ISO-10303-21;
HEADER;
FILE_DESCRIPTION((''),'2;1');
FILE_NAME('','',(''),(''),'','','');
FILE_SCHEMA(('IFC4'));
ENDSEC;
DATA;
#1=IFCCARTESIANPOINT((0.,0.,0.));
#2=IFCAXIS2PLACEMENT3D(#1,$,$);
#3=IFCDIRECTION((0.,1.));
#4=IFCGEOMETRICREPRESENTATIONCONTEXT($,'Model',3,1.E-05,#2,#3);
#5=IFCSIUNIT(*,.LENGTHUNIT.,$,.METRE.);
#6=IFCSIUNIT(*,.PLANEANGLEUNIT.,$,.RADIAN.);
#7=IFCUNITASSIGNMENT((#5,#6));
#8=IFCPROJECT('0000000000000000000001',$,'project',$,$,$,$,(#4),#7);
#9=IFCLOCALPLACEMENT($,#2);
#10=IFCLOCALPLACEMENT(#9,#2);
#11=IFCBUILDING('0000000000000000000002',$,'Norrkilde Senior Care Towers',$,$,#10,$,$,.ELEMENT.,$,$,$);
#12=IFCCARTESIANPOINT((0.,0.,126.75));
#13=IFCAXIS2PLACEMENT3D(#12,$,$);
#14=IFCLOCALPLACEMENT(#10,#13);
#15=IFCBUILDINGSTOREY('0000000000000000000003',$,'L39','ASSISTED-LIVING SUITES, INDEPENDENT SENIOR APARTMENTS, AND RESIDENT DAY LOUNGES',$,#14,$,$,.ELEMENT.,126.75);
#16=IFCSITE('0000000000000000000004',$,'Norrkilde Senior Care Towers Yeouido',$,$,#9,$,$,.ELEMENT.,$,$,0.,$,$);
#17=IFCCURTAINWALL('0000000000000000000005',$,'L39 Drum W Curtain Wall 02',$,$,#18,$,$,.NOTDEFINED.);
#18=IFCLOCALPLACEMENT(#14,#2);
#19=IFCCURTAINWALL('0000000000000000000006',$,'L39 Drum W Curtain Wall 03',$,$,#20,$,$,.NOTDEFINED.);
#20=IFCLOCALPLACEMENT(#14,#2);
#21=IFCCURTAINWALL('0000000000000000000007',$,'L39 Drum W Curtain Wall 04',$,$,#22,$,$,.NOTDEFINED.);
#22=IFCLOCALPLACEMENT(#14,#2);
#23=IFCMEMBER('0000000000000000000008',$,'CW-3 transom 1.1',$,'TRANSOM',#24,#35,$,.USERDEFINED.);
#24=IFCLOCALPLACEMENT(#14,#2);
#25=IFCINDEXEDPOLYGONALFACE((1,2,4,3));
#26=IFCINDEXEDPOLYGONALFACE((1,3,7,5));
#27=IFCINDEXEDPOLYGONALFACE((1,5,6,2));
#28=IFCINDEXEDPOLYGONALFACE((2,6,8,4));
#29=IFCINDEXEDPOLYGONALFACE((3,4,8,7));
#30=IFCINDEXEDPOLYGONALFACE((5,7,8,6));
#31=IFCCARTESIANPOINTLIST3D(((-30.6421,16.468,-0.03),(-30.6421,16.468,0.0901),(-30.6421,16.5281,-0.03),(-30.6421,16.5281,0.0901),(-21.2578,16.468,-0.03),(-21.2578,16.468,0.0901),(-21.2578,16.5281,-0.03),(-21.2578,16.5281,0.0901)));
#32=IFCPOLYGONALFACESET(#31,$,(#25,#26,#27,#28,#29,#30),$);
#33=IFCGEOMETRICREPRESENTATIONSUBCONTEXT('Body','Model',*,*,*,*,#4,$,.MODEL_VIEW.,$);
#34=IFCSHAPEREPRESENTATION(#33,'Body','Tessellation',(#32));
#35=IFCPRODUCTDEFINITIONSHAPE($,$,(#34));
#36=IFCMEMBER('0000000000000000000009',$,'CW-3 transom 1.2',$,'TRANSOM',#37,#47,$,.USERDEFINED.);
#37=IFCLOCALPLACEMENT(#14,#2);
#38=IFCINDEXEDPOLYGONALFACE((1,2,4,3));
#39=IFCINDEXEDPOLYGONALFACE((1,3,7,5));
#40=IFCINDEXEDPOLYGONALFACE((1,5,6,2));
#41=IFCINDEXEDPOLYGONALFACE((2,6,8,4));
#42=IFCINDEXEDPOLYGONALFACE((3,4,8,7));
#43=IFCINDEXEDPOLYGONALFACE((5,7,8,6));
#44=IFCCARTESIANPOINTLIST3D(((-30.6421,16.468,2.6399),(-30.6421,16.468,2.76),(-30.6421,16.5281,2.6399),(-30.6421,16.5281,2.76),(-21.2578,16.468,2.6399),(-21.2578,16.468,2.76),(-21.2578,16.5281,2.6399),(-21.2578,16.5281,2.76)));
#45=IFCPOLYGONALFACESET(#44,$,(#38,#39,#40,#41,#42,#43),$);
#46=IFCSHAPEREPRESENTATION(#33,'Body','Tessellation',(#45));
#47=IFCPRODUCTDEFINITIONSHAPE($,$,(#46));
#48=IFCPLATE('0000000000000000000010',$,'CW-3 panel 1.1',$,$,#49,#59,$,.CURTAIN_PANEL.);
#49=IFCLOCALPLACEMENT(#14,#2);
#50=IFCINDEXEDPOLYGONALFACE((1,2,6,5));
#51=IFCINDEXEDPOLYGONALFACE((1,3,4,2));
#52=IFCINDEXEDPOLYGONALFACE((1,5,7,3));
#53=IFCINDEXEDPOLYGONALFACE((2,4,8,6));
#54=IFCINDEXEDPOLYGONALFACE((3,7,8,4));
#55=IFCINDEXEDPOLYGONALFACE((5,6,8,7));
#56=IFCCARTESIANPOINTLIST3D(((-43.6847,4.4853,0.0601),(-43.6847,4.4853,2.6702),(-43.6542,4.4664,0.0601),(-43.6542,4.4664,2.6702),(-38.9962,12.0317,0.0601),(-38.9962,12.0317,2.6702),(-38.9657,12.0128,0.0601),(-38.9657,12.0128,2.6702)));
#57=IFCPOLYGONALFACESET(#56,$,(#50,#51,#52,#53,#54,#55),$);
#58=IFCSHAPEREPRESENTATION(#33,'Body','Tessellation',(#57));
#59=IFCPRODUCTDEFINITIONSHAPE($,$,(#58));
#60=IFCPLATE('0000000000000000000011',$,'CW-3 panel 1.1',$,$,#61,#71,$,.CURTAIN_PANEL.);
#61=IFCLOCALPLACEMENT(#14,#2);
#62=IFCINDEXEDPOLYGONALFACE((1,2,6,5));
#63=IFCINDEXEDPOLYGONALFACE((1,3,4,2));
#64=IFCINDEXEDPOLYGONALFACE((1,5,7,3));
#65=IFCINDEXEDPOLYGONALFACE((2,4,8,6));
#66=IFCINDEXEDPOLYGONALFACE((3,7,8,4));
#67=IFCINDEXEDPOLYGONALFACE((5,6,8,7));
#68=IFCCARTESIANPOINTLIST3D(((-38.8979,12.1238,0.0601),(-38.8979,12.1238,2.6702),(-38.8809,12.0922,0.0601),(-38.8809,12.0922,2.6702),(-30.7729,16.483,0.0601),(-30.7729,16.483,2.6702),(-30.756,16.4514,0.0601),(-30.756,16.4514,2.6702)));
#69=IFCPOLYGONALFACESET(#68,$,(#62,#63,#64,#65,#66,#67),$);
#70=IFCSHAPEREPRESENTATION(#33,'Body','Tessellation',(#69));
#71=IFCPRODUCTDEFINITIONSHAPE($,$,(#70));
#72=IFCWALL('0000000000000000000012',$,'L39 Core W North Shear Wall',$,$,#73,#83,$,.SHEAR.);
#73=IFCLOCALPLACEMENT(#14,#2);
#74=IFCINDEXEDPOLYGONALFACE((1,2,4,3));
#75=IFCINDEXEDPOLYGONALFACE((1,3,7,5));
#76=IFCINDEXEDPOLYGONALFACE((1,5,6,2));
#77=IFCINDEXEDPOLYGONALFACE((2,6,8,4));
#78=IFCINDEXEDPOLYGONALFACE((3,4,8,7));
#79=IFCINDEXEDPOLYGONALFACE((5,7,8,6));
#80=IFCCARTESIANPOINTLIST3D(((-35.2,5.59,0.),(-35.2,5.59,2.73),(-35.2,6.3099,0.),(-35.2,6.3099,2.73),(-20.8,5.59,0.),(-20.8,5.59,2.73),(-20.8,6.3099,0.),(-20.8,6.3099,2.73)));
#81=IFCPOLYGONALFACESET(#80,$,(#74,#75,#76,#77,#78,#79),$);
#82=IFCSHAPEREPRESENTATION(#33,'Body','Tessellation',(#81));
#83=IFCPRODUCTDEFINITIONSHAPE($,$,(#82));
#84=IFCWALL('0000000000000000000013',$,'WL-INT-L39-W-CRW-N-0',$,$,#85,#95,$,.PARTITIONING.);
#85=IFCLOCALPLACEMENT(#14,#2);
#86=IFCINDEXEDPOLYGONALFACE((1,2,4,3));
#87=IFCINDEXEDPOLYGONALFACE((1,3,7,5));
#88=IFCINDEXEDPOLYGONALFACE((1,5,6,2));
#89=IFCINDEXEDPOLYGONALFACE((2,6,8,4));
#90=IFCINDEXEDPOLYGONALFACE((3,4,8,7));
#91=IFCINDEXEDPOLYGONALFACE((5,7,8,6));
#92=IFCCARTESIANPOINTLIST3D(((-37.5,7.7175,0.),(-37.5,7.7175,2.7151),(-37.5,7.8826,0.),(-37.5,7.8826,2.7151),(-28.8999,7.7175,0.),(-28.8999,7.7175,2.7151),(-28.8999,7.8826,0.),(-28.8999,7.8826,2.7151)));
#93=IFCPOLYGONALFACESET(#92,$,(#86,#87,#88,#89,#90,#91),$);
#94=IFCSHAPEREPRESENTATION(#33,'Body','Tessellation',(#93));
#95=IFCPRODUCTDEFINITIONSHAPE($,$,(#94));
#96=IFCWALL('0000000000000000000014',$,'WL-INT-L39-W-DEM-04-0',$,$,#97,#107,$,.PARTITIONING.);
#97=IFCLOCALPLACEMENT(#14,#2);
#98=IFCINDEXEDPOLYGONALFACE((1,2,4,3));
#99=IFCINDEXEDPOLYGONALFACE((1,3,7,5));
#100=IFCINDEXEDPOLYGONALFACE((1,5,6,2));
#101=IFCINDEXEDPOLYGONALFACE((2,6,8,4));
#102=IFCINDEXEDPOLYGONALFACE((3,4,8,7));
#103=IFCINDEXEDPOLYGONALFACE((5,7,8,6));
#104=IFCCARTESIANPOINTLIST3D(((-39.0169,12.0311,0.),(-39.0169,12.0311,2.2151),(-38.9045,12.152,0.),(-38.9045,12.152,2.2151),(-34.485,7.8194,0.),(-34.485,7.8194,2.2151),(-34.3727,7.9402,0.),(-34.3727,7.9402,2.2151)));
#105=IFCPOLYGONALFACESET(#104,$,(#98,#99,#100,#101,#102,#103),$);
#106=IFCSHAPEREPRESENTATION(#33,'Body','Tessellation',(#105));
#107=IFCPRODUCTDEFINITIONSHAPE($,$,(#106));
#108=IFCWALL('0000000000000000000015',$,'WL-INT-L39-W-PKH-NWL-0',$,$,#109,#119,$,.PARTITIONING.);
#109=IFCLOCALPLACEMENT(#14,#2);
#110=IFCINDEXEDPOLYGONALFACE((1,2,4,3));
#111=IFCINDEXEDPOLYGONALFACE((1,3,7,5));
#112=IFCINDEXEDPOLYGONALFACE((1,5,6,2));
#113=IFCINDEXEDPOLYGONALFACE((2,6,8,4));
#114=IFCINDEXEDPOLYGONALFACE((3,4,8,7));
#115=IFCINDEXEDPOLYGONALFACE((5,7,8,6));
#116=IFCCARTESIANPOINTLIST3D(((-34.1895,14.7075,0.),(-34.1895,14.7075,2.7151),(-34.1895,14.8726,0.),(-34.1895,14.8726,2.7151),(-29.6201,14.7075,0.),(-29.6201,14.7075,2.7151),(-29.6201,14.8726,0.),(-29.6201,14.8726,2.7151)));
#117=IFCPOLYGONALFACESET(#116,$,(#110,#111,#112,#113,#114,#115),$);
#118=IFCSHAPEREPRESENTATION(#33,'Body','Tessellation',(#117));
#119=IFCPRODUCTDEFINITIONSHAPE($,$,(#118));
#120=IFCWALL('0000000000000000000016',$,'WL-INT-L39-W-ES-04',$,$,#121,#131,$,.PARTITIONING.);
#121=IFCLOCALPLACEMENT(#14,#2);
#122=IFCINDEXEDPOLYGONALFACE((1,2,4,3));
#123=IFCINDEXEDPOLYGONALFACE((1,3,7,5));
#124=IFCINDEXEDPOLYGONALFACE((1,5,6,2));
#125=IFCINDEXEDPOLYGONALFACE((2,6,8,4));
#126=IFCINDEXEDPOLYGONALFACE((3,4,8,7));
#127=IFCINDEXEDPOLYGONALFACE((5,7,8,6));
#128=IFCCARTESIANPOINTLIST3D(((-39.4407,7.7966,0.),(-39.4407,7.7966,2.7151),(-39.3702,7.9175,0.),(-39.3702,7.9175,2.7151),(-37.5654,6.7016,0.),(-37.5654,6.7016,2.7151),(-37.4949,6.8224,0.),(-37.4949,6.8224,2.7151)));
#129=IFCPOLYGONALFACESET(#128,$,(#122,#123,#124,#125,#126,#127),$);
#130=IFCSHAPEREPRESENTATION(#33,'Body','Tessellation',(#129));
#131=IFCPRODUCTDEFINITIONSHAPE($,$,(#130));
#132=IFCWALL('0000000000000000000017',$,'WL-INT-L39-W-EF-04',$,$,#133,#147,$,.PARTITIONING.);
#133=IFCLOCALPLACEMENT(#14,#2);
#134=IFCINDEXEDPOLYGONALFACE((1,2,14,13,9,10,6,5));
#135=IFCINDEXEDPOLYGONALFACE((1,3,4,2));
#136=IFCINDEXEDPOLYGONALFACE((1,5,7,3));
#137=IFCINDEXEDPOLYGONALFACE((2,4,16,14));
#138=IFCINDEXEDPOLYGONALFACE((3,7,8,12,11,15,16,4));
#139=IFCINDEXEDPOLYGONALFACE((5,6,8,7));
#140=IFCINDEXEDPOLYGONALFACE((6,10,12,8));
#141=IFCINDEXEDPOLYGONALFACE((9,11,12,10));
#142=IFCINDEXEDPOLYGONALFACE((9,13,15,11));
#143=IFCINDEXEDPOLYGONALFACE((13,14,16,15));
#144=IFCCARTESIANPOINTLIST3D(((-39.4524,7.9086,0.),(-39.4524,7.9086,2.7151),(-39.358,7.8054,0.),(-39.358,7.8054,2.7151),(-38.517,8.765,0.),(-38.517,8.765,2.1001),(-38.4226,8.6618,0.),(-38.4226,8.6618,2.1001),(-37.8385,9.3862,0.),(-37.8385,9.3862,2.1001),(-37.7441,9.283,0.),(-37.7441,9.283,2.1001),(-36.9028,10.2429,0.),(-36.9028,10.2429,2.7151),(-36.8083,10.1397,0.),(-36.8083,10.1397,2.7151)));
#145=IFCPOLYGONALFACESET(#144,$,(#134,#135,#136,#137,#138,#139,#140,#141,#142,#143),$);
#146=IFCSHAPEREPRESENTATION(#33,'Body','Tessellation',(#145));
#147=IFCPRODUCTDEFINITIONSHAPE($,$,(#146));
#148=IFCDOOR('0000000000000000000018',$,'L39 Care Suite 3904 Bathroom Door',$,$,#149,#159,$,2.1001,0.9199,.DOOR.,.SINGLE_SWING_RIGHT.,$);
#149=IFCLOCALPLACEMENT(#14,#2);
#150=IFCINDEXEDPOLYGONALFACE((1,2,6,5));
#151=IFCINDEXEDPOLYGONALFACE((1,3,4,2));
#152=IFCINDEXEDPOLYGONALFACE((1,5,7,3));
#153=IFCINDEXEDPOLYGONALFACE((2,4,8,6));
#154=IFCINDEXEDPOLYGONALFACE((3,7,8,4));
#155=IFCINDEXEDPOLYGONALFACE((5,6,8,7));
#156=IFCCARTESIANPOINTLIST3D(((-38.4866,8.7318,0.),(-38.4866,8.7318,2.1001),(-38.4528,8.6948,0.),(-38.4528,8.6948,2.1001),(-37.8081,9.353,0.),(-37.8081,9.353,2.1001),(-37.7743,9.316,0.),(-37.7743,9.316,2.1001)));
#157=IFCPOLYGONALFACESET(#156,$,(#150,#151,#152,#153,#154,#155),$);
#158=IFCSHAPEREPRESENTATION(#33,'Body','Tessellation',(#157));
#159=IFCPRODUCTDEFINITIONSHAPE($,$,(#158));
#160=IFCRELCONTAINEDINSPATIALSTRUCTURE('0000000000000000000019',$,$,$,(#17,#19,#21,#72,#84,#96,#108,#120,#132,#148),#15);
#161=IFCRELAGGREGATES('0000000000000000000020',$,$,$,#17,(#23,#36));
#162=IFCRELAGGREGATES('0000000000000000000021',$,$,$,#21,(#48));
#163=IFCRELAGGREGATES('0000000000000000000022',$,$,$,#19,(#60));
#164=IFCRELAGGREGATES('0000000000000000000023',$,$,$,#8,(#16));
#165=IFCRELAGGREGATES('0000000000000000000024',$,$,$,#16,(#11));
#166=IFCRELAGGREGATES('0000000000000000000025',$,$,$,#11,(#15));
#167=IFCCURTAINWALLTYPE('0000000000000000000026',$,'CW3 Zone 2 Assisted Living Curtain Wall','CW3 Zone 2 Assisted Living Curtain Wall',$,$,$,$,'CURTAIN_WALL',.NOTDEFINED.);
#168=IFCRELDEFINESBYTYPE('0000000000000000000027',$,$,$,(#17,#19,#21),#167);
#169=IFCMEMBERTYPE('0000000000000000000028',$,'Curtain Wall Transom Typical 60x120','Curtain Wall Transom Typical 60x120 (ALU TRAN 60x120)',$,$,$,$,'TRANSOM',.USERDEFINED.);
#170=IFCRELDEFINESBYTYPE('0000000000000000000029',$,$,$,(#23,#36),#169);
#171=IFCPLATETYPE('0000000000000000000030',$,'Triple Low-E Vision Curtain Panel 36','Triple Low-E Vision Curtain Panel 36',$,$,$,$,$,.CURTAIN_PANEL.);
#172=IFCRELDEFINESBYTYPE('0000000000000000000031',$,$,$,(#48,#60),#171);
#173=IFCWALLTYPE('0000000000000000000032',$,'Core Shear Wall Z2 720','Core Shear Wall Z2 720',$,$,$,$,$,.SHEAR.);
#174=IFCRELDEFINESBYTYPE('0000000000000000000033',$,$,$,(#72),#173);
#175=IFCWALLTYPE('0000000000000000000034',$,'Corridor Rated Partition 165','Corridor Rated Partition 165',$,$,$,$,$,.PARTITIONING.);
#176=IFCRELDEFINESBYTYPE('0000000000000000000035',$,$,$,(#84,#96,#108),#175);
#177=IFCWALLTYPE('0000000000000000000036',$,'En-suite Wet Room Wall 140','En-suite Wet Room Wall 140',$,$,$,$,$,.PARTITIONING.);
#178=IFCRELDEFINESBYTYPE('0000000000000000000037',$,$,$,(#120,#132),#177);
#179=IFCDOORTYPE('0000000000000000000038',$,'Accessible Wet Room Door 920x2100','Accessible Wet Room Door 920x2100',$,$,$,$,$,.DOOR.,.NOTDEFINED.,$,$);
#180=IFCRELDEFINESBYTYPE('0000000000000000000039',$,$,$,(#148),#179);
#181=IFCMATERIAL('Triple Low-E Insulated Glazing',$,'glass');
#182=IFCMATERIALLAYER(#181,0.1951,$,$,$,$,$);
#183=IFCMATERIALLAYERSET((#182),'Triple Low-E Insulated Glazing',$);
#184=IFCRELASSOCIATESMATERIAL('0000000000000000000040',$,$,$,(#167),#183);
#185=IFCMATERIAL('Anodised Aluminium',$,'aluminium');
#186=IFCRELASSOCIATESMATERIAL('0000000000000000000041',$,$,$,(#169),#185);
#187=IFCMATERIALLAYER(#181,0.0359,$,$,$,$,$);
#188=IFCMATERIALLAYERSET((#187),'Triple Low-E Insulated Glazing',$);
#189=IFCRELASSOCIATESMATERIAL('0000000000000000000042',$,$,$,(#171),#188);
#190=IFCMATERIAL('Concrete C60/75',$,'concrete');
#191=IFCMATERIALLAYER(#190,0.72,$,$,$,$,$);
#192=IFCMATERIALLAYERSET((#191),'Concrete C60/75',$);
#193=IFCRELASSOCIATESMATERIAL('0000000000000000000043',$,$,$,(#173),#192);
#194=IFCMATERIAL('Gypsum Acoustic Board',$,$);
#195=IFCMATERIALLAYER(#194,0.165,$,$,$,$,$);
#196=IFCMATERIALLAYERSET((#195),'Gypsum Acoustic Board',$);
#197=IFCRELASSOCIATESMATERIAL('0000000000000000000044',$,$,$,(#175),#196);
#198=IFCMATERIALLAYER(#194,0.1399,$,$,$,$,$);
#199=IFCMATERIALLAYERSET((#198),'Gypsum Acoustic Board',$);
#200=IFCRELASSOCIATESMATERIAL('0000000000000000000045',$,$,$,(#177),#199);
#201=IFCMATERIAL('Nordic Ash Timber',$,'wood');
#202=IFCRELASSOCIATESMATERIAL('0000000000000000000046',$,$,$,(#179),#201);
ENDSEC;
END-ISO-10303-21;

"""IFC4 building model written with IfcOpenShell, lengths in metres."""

from ifc_helpers import new_model, si_unit, direction, frame, frame_2d, origin, origin_2d, place, context, subcontext, project, spatial, rectangle, extrude, source, transform, mapped, material, layer, layer_set, material_profile, profile_set, type_object, type_shapes, element, fill, aggregate, save


model = new_model("IFC4")

# Units and contexts
model_context = context("Model", 3, precision=1e-05, world=origin(), true_north=direction((0.0, 1.0)))
body_context = subcontext(model_context, "Body", "Model", "MODEL_VIEW")
ifc_project = project(units=[si_unit("LENGTHUNIT", "METRE"), si_unit("PLANEANGLEUNIT", "RADIAN")], contexts=[model_context])

# Site, building, storey
site_placement = place(None, origin())
site = spatial("IfcSite", under=ifc_project, at=site_placement, Name="Norrkilde Senior Care Towers Yeouido", CompositionType="ELEMENT", RefElevation=0.0)
building_placement = place(site_placement, origin())
building = spatial("IfcBuilding", under=site, at=building_placement, Name="Norrkilde Senior Care Towers", CompositionType="ELEMENT")
storey_placement = place(building_placement, frame((0.0, 0.0, 126.75)))
storey = spatial("IfcBuildingStorey", under=building, at=storey_placement, Name="L39", Description="ASSISTED-LIVING SUITES, INDEPENDENT SENIOR APARTMENTS, AND RESIDENT DAY LOUNGES", CompositionType="ELEMENT", Elevation=126.75)

# Shared definitions
ifc_material_1 = material(Name="Concrete C60/75", Category="concrete")

# Curtain wall
ifc_material_2 = material(Name="Triple Low-E Insulated Glazing", Category="glass")
ifc_layer_1 = layer(ifc_material_2, 0.1951)
ifc_layer_set_1 = layer_set([ifc_layer_1], Name="Triple Low-E Insulated Glazing")
curtain_wall_type = type_object("IfcCurtainWallType", Name="CW3 Zone 2 Assisted Living Curtain Wall", Description="CW3 Zone 2 Assisted Living Curtain Wall", ElementType="CURTAIN_WALL", PredefinedType="NOTDEFINED", material=ifc_layer_set_1)
curtain_wall_1_placement = place(storey_placement, origin())
curtain_wall_1 = element("IfcCurtainWall", 1, at=curtain_wall_1_placement, inside=storey, type_object=curtain_wall_type, Name="L39 Drum W Curtain Wall 02", PredefinedType="NOTDEFINED")
ifc_material_3 = material(Name="Anodised Aluminium", Category="aluminium")

# Curtain wall
curtain_wall_2_placement = place(storey_placement, origin())
curtain_wall_2 = element("IfcCurtainWall", 2, at=curtain_wall_2_placement, inside=storey, type_object=curtain_wall_type, Name="L39 Drum W Curtain Wall 03", PredefinedType="NOTDEFINED")

# Curtain wall
curtain_wall_3_placement = place(storey_placement, origin())
curtain_wall_3 = element("IfcCurtainWall", 3, at=curtain_wall_3_placement, inside=storey, type_object=curtain_wall_type, Name="L39 Drum W Curtain Wall 04", PredefinedType="NOTDEFINED")

# Members
ifc_material_profile_1 = material_profile(ifc_material_3, rectangle(XDim=0.0601, YDim=0.1201, at=origin_2d()), Name="ALU TRAN 60x120")
ifc_profile_set_1 = profile_set([ifc_material_profile_1], Name="Anodised Aluminium")
member_type_1 = type_object("IfcMemberType", Name="Curtain Wall Transom Typical 60x120", Description="Curtain Wall Transom Typical 60x120 (ALU TRAN 60x120)", ElementType="TRANSOM", PredefinedType="USERDEFINED", material=ifc_profile_set_1)
shared_shape_1 = source(origin(), body_context, "Body", "SweptSolid", [
    extrude(rectangle(XDim=0.0601, YDim=0.1201, at=origin_2d()), origin(), (0.0, 0.0, 1.0), 9.3843),
])
member_1_placement = place(storey_placement, frame((-30.6421, 16.498, 0.03), z_axis=(1.0, 0.0, 0.0), x_axis=(0.0, 1.0, 0.0)))
member_1 = element("IfcMember", 4, at=member_1_placement, type_object=member_type_1, Name="CW-3 transom 1.1", ObjectType="TRANSOM", PredefinedType="USERDEFINED", context=body_context, shape_type="MappedRepresentation", body=[
    mapped(shared_shape_1, transform((0.0, 0.0, 0.0), x_axis=(1.0, 0.0, 0.0), y_axis=(0.0, 1.0, 0.0), z_axis=(0.0, 0.0, 1.0), scale=1.0)),
])
member_2_placement = place(storey_placement, frame((-30.6421, 16.498, 2.7), z_axis=(1.0, 0.0, 0.0), x_axis=(0.0, 1.0, 0.0)))
member_2 = element("IfcMember", 5, at=member_2_placement, type_object=member_type_1, Name="CW-3 transom 1.2", ObjectType="TRANSOM", PredefinedType="USERDEFINED", context=body_context, shape_type="MappedRepresentation", body=[
    mapped(shared_shape_1, transform((0.0, 0.0, 0.0), x_axis=(1.0, 0.0, 0.0), y_axis=(0.0, 1.0, 0.0), z_axis=(0.0, 0.0, 1.0), scale=1.0)),
])
aggregate(curtain_wall_1, [member_1, member_2])

# Plates
ifc_layer_2 = layer(ifc_material_2, 0.0359)
ifc_layer_set_2 = layer_set([ifc_layer_2], Name="Triple Low-E Insulated Glazing")
plate_type = type_object("IfcPlateType", Name="Triple Low-E Vision Curtain Panel 36", Description="Triple Low-E Vision Curtain Panel 36", PredefinedType="CURTAIN_PANEL", material=ifc_layer_set_2)
shared_shape_2 = source(origin(), body_context, "Body", "SweptSolid", [
    extrude(rectangle(XDim=8.8843, YDim=0.0359, at=origin_2d()), origin(), (0.0, 0.0, 1.0), 2.6101),
])
plate_1_placement = place(storey_placement, frame((-41.3252, 8.249, 0.0601), z_axis=(0.0, 0.0, 1.0), x_axis=(0.527733, 0.84941, 0.0)))
plate_1 = element("IfcPlate", 6, at=plate_1_placement, type_object=plate_type, Name="CW-3 panel 1.1", PredefinedType="CURTAIN_PANEL", context=body_context, shape_type="MappedRepresentation", body=[
    mapped(shared_shape_2, transform((0.0, 0.0, 0.0), x_axis=(1.0, 0.0, 0.0), y_axis=(0.0, 1.0, 0.0), z_axis=(0.0, 0.0, 1.0), scale=1.0)),
])
aggregate(curtain_wall_3, [plate_1])
shared_shape_3 = source(origin(), body_context, "Body", "SweptSolid", [
    extrude(rectangle(XDim=9.2205, YDim=0.0359, at=origin_2d()), origin(), (0.0, 0.0, 1.0), 2.6101),
])
type_shapes(plate_type, [shared_shape_2, shared_shape_3])
plate_2_placement = place(storey_placement, frame((-34.8269, 14.2876, 0.0601), z_axis=(0.0, 0.0, 1.0), x_axis=(0.881186, 0.472769, 0.0)))
plate_2 = element("IfcPlate", 7, at=plate_2_placement, type_object=plate_type, Name="CW-3 panel 1.1", PredefinedType="CURTAIN_PANEL", context=body_context, shape_type="MappedRepresentation", body=[
    mapped(shared_shape_3, transform((0.0, 0.0, 0.0), x_axis=(1.0, 0.0, 0.0), y_axis=(0.0, 1.0, 0.0), z_axis=(0.0, 0.0, 1.0), scale=1.0)),
])
aggregate(curtain_wall_2, [plate_2])

# Walls
ifc_layer_3 = layer(ifc_material_1, 0.72)
ifc_layer_set_3 = layer_set([ifc_layer_3], Name="Concrete C60/75")
wall_type_1 = type_object("IfcWallType", Name="Core Shear Wall Z2 720", Description="Core Shear Wall Z2 720", PredefinedType="SHEAR", material=ifc_layer_set_3)
shared_shape_4 = source(origin(), body_context, "Body", "SweptSolid", [
    extrude(rectangle(XDim=14.3999, YDim=0.72, at=frame_2d((7.2, 0.0))), origin(), (0.0, 0.0, 1.0), 2.73),
])
type_shapes(wall_type_1, [shared_shape_4])
wall_1_placement = place(storey_placement, frame((-35.2, 5.95, 0.0), z_axis=(0.0, 0.0, 1.0), x_axis=(1.0, 0.0, 0.0)))
element("IfcWall", 8, at=wall_1_placement, inside=storey, type_object=wall_type_1, Name="L39 Core W North Shear Wall", PredefinedType="SHEAR", context=body_context, shape_type="MappedRepresentation", body=[
    mapped(shared_shape_4, transform((0.0, 0.0, 0.0), x_axis=(1.0, 0.0, 0.0), y_axis=(0.0, 1.0, 0.0), z_axis=(0.0, 0.0, 1.0), scale=1.0)),
])
ifc_material_4 = material(Name="Gypsum Acoustic Board")
ifc_layer_4 = layer(ifc_material_4, 0.165)
ifc_layer_set_4 = layer_set([ifc_layer_4], Name="Gypsum Acoustic Board")
wall_type_2 = type_object("IfcWallType", Name="Corridor Rated Partition 165", Description="Corridor Rated Partition 165", PredefinedType="PARTITIONING", material=ifc_layer_set_4)
shared_shape_5 = source(origin(), body_context, "Body", "SweptSolid", [
    extrude(rectangle(XDim=8.6001, YDim=0.165, at=frame_2d((4.3, 0.0))), origin(), (0.0, 0.0, 1.0), 2.7151),
])
wall_2_placement = place(storey_placement, frame((-37.5, 7.8, 0.0), z_axis=(0.0, 0.0, 1.0), x_axis=(1.0, 0.0, 0.0)))
element("IfcWall", 9, at=wall_2_placement, inside=storey, type_object=wall_type_2, Name="WL-INT-L39-W-CRW-N-0", PredefinedType="PARTITIONING", context=body_context, shape_type="MappedRepresentation", body=[
    mapped(shared_shape_5, transform((0.0, 0.0, 0.0), x_axis=(1.0, 0.0, 0.0), y_axis=(0.0, 1.0, 0.0), z_axis=(0.0, 0.0, 1.0), scale=1.0)),
])
shared_shape_6 = source(origin(), body_context, "Body", "SweptSolid", [
    extrude(rectangle(XDim=6.1868, YDim=0.165, at=frame_2d((3.0933, 0.0))), origin(), (0.0, 0.0, 1.0), 2.2151),
])
wall_3_placement = place(storey_placement, frame((-34.429, 7.8799, 0.0), z_axis=(0.0, 0.0, 1.0), x_axis=(-0.732501, 0.680766, 0.0)))
element("IfcWall", 10, at=wall_3_placement, inside=storey, type_object=wall_type_2, Name="WL-INT-L39-W-DEM-04-0", PredefinedType="PARTITIONING", context=body_context, shape_type="MappedRepresentation", body=[
    mapped(shared_shape_6, transform((0.0, 0.0, 0.0), x_axis=(1.0, 0.0, 0.0), y_axis=(0.0, 1.0, 0.0), z_axis=(0.0, 0.0, 1.0), scale=1.0)),
])

# Shared definitions
ifc_material_5 = material(Name="Nordic Ash Timber", Category="wood")

# Walls
shared_shape_7 = source(origin(), body_context, "Body", "SweptSolid", [
    extrude(rectangle(XDim=4.5693, YDim=0.165, at=frame_2d((2.2847, 0.0))), origin(), (0.0, 0.0, 1.0), 2.7151),
])
wall_4_placement = place(storey_placement, frame((-34.1895, 14.79, 0.0), z_axis=(0.0, 0.0, 1.0), x_axis=(1.0, 0.0, 0.0)))
element("IfcWall", 11, at=wall_4_placement, inside=storey, type_object=wall_type_2, Name="WL-INT-L39-W-PKH-NWL-0", PredefinedType="PARTITIONING", context=body_context, shape_type="MappedRepresentation", body=[
    mapped(shared_shape_7, transform((0.0, 0.0, 0.0), x_axis=(1.0, 0.0, 0.0), y_axis=(0.0, 1.0, 0.0), z_axis=(0.0, 0.0, 1.0), scale=1.0)),
])
ifc_layer_5 = layer(ifc_material_4, 0.1399)
ifc_layer_set_5 = layer_set([ifc_layer_5], Name="Gypsum Acoustic Board")
wall_type_3 = type_object("IfcWallType", Name="En-suite Wet Room Wall 140", Description="En-suite Wet Room Wall 140", PredefinedType="PARTITIONING", material=ifc_layer_set_5)
shared_shape_8 = source(origin(), body_context, "Body", "SweptSolid", [
    extrude(rectangle(XDim=2.1716, YDim=0.1399, at=frame_2d((1.0859, 0.0))), origin(), (0.0, 0.0, 1.0), 2.7151),
])
wall_5_placement = place(storey_placement, frame((-37.53, 6.762, 0.0), z_axis=(0.0, 0.0, 1.0), x_axis=(-0.863563, 0.504241, 0.0)))
element("IfcWall", 12, at=wall_5_placement, inside=storey, type_object=wall_type_3, Name="WL-INT-L39-W-ES-04", PredefinedType="PARTITIONING", context=body_context, shape_type="MappedRepresentation", body=[
    mapped(shared_shape_8, transform((0.0, 0.0, 0.0), x_axis=(1.0, 0.0, 0.0), y_axis=(0.0, 1.0, 0.0), z_axis=(0.0, 0.0, 1.0), scale=1.0)),
])

# Wall, opening, door
shared_shape_9 = source(origin(), body_context, "Body", "SweptSolid", [
    extrude(rectangle(XDim=3.4568, YDim=0.1399, at=frame_2d((1.7285, 0.0))), origin(), (0.0, 0.0, 1.0), 2.7151),
])
type_shapes(wall_type_3, [shared_shape_8, shared_shape_9])
wall_6_placement = place(storey_placement, frame((-39.4053, 7.8569, 0.0), z_axis=(0.0, 0.0, 1.0), x_axis=(0.737567, 0.675274, 0.0)))
wall_6 = element("IfcWall", 13, at=wall_6_placement, inside=storey, type_object=wall_type_3, Name="WL-INT-L39-W-EF-04", PredefinedType="PARTITIONING", context=body_context, shape_type="MappedRepresentation", body=[
    mapped(shared_shape_9, transform((0.0, 0.0, 0.0), x_axis=(1.0, 0.0, 0.0), y_axis=(0.0, 1.0, 0.0), z_axis=(0.0, 0.0, 1.0), scale=1.0)),
])
opening_1_placement = place(wall_6_placement, frame((1.2683, 0.0, 0.0)))
opening_1 = element("IfcOpeningElement", 14, at=opening_1_placement, cuts=wall_6, PredefinedType="OPENING", context=body_context, shape_type="SweptSolid", body=[
    extrude(rectangle(XDim=0.9199, YDim=2.1001, at=frame_2d((0.46, 1.05))), frame((0.0, 0.0798, 0.0), z_axis=(0.0, -1.0, 0.0), x_axis=(1.0, 0.0, 0.0)), (0.0, 0.0, 1.0), 0.1599),
])
door_type_1 = type_object("IfcDoorType", Name="Accessible Wet Room Door 920x2100", Description="Accessible Wet Room Door 920x2100", OperationType="NOTDEFINED", PredefinedType="DOOR", material=ifc_material_5)
shared_shape_10 = source(origin(), body_context, "Body", "SweptSolid", [
    extrude(rectangle(XDim=0.9199, YDim=2.1001, at=frame_2d((0.46, 1.05))), frame((0.0, 0.0249, 0.0), z_axis=(0.0, -1.0, 0.0), x_axis=(1.0, 0.0, 0.0)), (0.0, 0.0, 1.0), 0.05),
])
type_shapes(door_type_1, [shared_shape_10])
door_1_placement = place(opening_1_placement, origin())
door_1 = element("IfcDoor", 15, at=door_1_placement, inside=storey, type_object=door_type_1, Name="L39 Care Suite 3904 Bathroom Door", OperationType="SINGLE_SWING_RIGHT", OverallHeight=2.1001, OverallWidth=0.9199, PredefinedType="DOOR", context=body_context, shape_type="MappedRepresentation", body=[
    mapped(shared_shape_10, transform((0.0, 0.0, 0.0), x_axis=(1.0, 0.0, 0.0), y_axis=(0.0, 1.0, 0.0), z_axis=(0.0, 0.0, 1.0), scale=1.0)),
])
fill(opening_1, door_1)

save(model, "model.ifc")
